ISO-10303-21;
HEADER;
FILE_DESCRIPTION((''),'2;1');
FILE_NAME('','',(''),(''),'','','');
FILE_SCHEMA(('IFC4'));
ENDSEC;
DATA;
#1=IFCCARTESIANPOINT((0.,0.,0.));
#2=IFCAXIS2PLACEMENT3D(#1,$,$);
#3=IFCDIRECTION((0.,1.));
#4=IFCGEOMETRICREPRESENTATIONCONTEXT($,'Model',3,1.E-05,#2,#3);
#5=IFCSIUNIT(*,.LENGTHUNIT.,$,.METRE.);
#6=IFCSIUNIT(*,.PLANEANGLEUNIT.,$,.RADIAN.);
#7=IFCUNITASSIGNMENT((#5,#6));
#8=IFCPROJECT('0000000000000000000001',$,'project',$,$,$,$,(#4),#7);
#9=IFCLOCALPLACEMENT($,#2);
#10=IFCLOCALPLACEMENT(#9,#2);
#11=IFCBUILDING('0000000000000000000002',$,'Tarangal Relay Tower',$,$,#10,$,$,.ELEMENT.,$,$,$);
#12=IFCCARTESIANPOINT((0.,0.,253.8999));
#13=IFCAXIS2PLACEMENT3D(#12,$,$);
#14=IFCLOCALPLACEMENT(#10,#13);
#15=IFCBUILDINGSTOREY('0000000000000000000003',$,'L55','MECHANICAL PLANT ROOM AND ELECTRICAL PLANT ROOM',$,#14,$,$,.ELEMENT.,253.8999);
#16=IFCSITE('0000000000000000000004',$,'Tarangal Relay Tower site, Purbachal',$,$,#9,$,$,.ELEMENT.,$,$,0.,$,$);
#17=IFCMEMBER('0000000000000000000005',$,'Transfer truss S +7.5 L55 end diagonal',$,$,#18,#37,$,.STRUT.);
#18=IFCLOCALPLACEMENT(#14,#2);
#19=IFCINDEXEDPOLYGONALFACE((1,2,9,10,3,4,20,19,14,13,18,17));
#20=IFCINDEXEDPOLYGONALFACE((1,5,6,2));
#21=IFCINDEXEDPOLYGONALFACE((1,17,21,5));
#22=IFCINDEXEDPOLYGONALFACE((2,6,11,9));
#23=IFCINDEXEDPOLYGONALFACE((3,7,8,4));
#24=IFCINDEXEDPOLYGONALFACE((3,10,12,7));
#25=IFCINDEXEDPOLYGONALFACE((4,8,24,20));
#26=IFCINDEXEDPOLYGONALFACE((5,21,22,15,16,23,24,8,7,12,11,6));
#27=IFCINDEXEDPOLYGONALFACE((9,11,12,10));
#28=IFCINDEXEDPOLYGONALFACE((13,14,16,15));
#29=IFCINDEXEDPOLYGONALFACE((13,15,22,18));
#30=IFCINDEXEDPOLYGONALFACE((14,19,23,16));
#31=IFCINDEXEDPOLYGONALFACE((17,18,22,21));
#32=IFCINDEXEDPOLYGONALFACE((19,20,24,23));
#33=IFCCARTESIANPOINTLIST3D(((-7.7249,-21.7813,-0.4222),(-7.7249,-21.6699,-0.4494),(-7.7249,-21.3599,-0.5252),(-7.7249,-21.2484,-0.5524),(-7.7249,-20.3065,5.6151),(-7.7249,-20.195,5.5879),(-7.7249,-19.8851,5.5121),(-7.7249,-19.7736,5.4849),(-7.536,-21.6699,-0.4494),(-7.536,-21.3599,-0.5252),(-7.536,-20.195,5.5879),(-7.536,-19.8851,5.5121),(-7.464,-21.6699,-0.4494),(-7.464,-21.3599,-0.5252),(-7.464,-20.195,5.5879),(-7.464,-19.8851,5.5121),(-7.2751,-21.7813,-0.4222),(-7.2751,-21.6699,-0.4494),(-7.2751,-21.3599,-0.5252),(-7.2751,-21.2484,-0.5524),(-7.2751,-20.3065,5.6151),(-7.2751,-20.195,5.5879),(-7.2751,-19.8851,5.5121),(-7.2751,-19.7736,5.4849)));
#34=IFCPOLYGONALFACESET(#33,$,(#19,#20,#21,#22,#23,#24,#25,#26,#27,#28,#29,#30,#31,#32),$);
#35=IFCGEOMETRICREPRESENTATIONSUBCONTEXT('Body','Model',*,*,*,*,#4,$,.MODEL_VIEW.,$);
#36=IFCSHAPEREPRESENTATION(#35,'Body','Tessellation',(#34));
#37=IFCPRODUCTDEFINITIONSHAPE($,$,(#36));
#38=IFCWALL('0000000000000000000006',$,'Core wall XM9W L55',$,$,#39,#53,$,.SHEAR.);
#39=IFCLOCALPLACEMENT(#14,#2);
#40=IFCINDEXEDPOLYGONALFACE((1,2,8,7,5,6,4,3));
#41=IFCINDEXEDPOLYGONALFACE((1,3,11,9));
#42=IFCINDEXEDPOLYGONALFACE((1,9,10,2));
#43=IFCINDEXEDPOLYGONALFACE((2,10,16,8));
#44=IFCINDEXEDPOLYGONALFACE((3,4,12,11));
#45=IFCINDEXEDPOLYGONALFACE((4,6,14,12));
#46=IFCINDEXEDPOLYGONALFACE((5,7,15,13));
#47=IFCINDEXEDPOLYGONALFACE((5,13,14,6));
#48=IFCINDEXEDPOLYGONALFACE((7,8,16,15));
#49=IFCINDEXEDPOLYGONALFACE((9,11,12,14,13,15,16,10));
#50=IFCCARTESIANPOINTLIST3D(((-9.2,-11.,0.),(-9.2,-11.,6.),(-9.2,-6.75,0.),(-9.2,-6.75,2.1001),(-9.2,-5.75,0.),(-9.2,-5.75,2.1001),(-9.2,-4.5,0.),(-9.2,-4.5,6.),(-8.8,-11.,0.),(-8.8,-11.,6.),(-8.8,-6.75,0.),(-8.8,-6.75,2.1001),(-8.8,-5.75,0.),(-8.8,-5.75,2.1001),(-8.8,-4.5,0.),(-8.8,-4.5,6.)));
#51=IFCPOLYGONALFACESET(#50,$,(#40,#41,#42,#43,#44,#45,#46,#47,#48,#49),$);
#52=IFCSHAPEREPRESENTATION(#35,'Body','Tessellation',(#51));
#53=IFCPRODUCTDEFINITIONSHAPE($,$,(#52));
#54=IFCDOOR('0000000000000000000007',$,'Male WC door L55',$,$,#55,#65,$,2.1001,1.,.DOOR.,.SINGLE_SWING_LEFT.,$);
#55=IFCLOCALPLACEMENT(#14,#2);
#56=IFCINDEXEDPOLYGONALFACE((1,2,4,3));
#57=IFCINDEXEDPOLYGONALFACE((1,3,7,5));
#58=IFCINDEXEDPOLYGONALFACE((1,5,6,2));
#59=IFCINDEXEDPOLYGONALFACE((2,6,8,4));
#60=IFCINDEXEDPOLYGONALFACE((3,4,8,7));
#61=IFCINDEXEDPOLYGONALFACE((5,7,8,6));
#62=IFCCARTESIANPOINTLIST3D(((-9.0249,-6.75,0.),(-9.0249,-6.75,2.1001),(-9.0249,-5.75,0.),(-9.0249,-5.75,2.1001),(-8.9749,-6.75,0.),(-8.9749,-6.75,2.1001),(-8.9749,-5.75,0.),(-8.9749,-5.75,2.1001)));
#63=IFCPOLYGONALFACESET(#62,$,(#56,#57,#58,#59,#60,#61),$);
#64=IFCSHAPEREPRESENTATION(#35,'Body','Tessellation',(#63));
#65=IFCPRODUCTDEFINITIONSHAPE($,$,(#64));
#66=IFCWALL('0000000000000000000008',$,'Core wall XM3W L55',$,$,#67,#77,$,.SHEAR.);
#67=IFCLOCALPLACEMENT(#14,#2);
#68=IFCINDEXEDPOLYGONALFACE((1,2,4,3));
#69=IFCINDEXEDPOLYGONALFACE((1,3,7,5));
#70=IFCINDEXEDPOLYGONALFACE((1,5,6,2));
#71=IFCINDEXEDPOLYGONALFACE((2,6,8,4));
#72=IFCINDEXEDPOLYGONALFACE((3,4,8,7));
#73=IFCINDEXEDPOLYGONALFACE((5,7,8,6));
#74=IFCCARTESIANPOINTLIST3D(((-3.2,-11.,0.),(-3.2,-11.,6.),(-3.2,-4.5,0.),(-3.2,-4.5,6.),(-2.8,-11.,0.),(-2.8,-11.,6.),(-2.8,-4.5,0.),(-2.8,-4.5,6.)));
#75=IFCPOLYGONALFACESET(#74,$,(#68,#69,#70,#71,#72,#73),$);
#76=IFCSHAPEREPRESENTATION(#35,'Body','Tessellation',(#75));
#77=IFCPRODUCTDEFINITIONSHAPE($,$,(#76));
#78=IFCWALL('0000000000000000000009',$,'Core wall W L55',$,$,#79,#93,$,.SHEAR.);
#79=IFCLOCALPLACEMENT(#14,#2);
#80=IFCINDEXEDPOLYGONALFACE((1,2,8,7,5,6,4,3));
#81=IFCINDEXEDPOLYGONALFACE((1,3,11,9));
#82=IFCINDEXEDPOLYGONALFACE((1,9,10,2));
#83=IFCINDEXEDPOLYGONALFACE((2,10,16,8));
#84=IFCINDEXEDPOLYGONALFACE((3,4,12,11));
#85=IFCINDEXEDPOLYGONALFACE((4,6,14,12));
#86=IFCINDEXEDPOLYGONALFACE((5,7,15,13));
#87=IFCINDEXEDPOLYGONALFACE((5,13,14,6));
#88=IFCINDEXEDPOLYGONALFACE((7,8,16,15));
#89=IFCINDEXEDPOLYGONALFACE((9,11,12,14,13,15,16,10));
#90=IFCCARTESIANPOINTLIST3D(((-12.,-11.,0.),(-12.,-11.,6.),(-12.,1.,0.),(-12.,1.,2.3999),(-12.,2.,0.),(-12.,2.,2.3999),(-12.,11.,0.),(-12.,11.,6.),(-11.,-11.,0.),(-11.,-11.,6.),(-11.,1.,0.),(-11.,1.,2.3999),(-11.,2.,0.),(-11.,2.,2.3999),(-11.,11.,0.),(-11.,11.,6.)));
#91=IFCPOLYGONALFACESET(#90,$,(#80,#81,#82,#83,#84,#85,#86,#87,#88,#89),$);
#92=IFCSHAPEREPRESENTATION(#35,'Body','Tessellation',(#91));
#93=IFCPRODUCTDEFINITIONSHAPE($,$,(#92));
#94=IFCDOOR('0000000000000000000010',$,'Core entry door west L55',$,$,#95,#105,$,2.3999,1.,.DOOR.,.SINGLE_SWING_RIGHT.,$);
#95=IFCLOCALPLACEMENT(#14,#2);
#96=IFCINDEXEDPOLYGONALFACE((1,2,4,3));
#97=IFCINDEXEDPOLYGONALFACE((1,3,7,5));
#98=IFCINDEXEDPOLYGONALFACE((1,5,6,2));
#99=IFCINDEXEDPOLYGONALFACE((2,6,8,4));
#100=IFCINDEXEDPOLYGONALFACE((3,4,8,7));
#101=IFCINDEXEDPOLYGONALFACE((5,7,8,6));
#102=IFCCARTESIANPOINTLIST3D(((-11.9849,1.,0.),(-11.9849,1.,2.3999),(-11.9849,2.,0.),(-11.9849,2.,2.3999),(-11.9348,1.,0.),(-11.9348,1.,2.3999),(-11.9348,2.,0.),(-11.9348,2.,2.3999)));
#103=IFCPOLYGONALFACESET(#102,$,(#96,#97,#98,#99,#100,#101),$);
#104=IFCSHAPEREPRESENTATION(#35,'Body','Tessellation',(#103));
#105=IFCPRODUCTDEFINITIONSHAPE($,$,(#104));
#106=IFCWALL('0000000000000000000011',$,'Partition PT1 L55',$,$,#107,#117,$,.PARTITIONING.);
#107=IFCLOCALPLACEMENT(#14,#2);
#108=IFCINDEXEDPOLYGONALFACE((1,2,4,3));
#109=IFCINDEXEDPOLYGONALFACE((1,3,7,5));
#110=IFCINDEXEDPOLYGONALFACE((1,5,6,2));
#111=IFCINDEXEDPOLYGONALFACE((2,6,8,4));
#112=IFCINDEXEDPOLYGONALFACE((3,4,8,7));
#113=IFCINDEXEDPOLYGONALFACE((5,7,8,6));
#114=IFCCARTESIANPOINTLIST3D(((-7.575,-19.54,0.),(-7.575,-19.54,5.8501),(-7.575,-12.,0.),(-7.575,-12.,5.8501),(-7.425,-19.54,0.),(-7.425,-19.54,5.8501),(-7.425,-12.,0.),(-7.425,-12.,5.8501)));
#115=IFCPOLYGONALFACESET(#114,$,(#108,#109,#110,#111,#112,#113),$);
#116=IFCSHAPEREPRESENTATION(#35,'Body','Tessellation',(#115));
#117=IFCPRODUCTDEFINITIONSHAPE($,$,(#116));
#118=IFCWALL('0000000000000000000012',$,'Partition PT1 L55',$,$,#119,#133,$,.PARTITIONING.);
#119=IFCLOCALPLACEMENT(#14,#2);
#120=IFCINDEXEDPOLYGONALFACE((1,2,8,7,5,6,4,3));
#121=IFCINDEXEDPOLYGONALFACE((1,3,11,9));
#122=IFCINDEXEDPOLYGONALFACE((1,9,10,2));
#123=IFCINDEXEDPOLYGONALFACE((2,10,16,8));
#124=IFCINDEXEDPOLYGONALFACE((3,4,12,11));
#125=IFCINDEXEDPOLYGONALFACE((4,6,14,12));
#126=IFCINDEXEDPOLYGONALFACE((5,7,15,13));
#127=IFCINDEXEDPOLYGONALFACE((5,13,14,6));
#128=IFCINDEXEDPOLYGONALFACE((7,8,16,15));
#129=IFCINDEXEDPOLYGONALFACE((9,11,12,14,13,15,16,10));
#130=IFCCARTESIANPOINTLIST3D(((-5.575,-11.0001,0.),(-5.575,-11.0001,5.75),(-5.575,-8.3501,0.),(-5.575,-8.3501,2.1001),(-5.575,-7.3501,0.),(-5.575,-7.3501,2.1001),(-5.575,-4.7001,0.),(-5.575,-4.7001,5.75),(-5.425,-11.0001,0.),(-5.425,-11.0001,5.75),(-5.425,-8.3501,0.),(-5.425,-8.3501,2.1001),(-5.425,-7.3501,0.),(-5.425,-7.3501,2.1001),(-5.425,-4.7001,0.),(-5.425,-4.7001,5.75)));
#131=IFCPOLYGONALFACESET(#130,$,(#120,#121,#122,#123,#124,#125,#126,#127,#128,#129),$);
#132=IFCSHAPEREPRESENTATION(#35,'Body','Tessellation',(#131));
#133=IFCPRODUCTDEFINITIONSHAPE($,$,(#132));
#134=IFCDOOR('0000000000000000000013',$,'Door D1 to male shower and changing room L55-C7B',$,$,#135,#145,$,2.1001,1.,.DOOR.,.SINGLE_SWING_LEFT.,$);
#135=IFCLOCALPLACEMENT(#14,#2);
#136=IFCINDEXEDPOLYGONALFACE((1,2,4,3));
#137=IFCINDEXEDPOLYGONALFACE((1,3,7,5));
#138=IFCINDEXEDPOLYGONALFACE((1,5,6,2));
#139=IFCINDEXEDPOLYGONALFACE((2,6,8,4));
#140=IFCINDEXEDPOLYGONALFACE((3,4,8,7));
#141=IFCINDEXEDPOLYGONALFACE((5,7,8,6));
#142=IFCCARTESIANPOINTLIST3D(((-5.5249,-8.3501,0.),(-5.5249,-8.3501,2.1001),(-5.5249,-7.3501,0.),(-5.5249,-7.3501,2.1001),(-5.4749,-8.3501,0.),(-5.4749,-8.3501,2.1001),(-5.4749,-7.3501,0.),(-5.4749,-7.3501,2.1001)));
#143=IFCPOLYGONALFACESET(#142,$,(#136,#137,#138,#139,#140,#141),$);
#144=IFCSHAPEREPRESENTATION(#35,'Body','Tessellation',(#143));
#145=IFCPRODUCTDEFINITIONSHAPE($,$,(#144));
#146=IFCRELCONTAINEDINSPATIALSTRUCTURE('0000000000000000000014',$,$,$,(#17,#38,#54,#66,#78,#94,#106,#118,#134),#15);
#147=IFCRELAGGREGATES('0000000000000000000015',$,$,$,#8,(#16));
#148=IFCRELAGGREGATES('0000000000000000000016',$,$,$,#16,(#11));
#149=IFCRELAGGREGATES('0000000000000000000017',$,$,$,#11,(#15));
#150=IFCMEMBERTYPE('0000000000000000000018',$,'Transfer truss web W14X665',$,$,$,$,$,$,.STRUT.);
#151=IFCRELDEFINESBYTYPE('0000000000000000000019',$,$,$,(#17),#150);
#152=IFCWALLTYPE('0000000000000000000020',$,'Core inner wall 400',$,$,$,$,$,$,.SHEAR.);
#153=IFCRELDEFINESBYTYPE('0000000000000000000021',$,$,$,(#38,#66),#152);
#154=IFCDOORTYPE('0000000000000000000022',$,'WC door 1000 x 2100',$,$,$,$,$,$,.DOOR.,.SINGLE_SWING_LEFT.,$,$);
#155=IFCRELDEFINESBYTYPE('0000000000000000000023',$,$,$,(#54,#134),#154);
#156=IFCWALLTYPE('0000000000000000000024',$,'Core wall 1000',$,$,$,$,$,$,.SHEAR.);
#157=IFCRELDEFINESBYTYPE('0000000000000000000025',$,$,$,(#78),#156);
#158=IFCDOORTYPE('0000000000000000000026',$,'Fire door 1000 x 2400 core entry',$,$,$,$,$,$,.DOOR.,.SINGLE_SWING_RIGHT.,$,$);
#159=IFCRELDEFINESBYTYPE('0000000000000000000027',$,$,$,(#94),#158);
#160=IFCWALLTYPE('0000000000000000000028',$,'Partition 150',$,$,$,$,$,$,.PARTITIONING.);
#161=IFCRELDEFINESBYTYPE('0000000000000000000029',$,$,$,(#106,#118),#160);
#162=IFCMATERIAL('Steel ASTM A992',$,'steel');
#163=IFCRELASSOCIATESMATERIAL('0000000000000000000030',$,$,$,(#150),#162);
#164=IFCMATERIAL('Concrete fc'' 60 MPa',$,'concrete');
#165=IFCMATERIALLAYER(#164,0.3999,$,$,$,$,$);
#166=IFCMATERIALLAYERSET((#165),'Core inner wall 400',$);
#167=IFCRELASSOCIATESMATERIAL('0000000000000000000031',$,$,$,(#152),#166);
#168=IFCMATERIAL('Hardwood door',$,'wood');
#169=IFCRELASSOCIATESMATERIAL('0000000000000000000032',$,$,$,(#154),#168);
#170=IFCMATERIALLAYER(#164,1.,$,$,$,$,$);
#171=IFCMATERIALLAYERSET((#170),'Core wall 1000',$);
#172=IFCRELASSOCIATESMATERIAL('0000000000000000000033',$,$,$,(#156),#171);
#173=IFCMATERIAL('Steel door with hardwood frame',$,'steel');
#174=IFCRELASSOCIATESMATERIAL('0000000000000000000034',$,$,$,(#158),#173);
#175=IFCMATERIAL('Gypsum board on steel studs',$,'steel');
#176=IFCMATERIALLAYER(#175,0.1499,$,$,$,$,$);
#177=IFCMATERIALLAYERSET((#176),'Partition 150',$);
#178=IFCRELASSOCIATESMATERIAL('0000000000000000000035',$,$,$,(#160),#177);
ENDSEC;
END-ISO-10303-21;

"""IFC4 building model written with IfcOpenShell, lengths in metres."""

from ifc_helpers import new_model, si_unit, direction, frame, frame_2d, origin, origin_2d, place, context, subcontext, project, spatial, rectangle, i_section, extrude, material, layer, layer_set, material_profile, profile_set, type_object, element, fill, save


model = new_model("IFC4")

# Units and contexts
model_context = context("Model", 3, precision=1e-05, world=origin(), true_north=direction((0.0, 1.0)))
body_context = subcontext(model_context, "Body", "Model", "MODEL_VIEW")
ifc_project = project(units=[si_unit("LENGTHUNIT", "METRE"), si_unit("PLANEANGLEUNIT", "RADIAN")], contexts=[model_context])

# Site, building, storey
site_placement = place(None, origin())
site = spatial("IfcSite", under=ifc_project, at=site_placement, Name="Tarangal Relay Tower site, Purbachal", CompositionType="ELEMENT", RefElevation=0.0)
building_placement = place(site_placement, origin())
building = spatial("IfcBuilding", under=site, at=building_placement, Name="Tarangal Relay Tower", CompositionType="ELEMENT")
storey_placement = place(building_placement, frame((0.0, 0.0, 253.8999)))
storey = spatial("IfcBuildingStorey", under=building, at=storey_placement, Name="L55", Description="MECHANICAL PLANT ROOM AND ELECTRICAL PLANT ROOM", CompositionType="ELEMENT", Elevation=253.8999)

# Shared definitions
ifc_material_1 = material(Name="Steel ASTM A992", Category="steel")

# Member
ifc_material_profile_1 = material_profile(ifc_material_1, i_section(OverallWidth=0.4497, OverallDepth=0.5486, WebThickness=0.072, FlangeThickness=0.1147, at=origin_2d()), Name="W14X665")
ifc_profile_set_1 = profile_set([ifc_material_profile_1], Name="Steel ASTM A992")
member_type_1 = type_object("IfcMemberType", Name="Transfer truss web W14X665", PredefinedType="STRUT", material=ifc_profile_set_1)
member_1_placement = place(storey_placement, frame((-7.5, -21.5149, -0.4873), z_axis=(0.0, 0.23731, 0.971434), x_axis=(-1.0, 0.0, 0.0)))
element("IfcMember", 1, at=member_1_placement, inside=storey, type_object=member_type_1, Name="Transfer truss S +7.5 L55 end diagonal", PredefinedType="STRUT", context=body_context, shape_type="SweptSolid", body=[
    extrude(i_section(OverallWidth=0.4497, OverallDepth=0.5486, WebThickness=0.072, FlangeThickness=0.1147, at=origin_2d()), origin(), (0.0, 0.0, 1.0), 6.2148),
])

# Wall, opening, door
ifc_material_2 = material(Name="Concrete fc' 60 MPa", Category="concrete")
ifc_layer_1 = layer(ifc_material_2, 0.3999)
ifc_layer_set_1 = layer_set([ifc_layer_1], Name="Core inner wall 400")
wall_type_1 = type_object("IfcWallType", Name="Core inner wall 400", PredefinedType="SHEAR", material=ifc_layer_set_1)
wall_1_placement = place(storey_placement, frame((-9.0, -11.0, 0.0), z_axis=(0.0, 0.0, 1.0), x_axis=(0.0, 1.0, 0.0)))
wall_1 = element("IfcWall", 2, at=wall_1_placement, inside=storey, type_object=wall_type_1, Name="Core wall XM9W L55", PredefinedType="SHEAR", context=body_context, shape_type="SweptSolid", body=[
    extrude(rectangle(XDim=6.5, YDim=0.3999, at=frame_2d((3.25, 0.0))), origin(), (0.0, 0.0, 1.0), 6.0),
])
opening_1_placement = place(wall_1_placement, frame((4.25, 0.0, 0.0)))
opening_1 = element("IfcOpeningElement", 3, at=opening_1_placement, cuts=wall_1, PredefinedType="OPENING", context=body_context, shape_type="SweptSolid", body=[
    extrude(rectangle(XDim=1.0, YDim=2.1001, at=frame_2d((0.5, 1.05))), frame((0.0, 0.21, 0.0), z_axis=(0.0, -1.0, 0.0), x_axis=(1.0, 0.0, 0.0)), (0.0, 0.0, 1.0), 0.4199),
])
ifc_material_3 = material(Name="Hardwood door", Category="wood")
door_type_1 = type_object("IfcDoorType", Name="WC door 1000 x 2100", OperationType="SINGLE_SWING_LEFT", PredefinedType="DOOR", material=ifc_material_3)
door_1_placement = place(opening_1_placement, origin())
door_1 = element("IfcDoor", 4, at=door_1_placement, inside=storey, type_object=door_type_1, Name="Male WC door L55", OperationType="SINGLE_SWING_LEFT", OverallHeight=2.1001, OverallWidth=1.0, PredefinedType="DOOR", context=body_context, shape_type="SweptSolid", body=[
    extrude(rectangle(XDim=1.0, YDim=2.1001, at=frame_2d((0.5, 1.05))), frame((0.0, 0.0249, 0.0), z_axis=(0.0, -1.0, 0.0), x_axis=(1.0, 0.0, 0.0)), (0.0, 0.0, 1.0), 0.05),
])
fill(opening_1, door_1)

# Wall
wall_2_placement = place(storey_placement, frame((-3.0, -11.0, 0.0), z_axis=(0.0, 0.0, 1.0), x_axis=(0.0, 1.0, 0.0)))
element("IfcWall", 5, at=wall_2_placement, inside=storey, type_object=wall_type_1, Name="Core wall XM3W L55", PredefinedType="SHEAR", context=body_context, shape_type="SweptSolid", body=[
    extrude(rectangle(XDim=6.5, YDim=0.3999, at=frame_2d((3.25, 0.0))), origin(), (0.0, 0.0, 1.0), 6.0),
])

# Wall, opening, door
ifc_layer_2 = layer(ifc_material_2, 1.0)
ifc_layer_set_2 = layer_set([ifc_layer_2], Name="Core wall 1000")
wall_type_2 = type_object("IfcWallType", Name="Core wall 1000", PredefinedType="SHEAR", material=ifc_layer_set_2)
wall_3_placement = place(storey_placement, frame((-11.5, -11.0, 0.0), z_axis=(0.0, 0.0, 1.0), x_axis=(0.0, 1.0, 0.0)))
wall_3 = element("IfcWall", 6, at=wall_3_placement, inside=storey, type_object=wall_type_2, Name="Core wall W L55", PredefinedType="SHEAR", context=body_context, shape_type="SweptSolid", body=[
    extrude(rectangle(XDim=22.0, YDim=1.0, at=frame_2d((11.0, 0.0))), origin(), (0.0, 0.0, 1.0), 6.0),
])
opening_2_placement = place(wall_3_placement, frame((12.0, 0.0, 0.0)))
opening_2 = element("IfcOpeningElement", 7, at=opening_2_placement, cuts=wall_3, PredefinedType="OPENING", context=body_context, shape_type="SweptSolid", body=[
    extrude(rectangle(XDim=1.0, YDim=2.3999, at=frame_2d((0.5, 1.2))), frame((0.0, 0.51, 0.0), z_axis=(0.0, -1.0, 0.0), x_axis=(1.0, 0.0, 0.0)), (0.0, 0.0, 1.0), 1.02),
])
ifc_material_4 = material(Name="Steel door with hardwood frame", Category="steel")
door_type_2 = type_object("IfcDoorType", Name="Fire door 1000 x 2400 core entry", OperationType="SINGLE_SWING_RIGHT", PredefinedType="DOOR", material=ifc_material_4)
door_2_placement = place(opening_2_placement, origin())
door_2 = element("IfcDoor", 8, at=door_2_placement, inside=storey, type_object=door_type_2, Name="Core entry door west L55", OperationType="SINGLE_SWING_RIGHT", OverallHeight=2.3999, OverallWidth=1.0, PredefinedType="DOOR", context=body_context, shape_type="SweptSolid", body=[
    extrude(rectangle(XDim=1.0, YDim=2.3999, at=frame_2d((0.5, 1.2))), frame((0.0, 0.4849, 0.0), z_axis=(0.0, -1.0, 0.0), x_axis=(1.0, 0.0, 0.0)), (0.0, 0.0, 1.0), 0.05),
])
fill(opening_2, door_2)

# Wall
ifc_material_5 = material(Name="Gypsum board on steel studs", Category="steel")
ifc_layer_3 = layer(ifc_material_5, 0.1499)
ifc_layer_set_3 = layer_set([ifc_layer_3], Name="Partition 150")
wall_type_3 = type_object("IfcWallType", Name="Partition 150", PredefinedType="PARTITIONING", material=ifc_layer_set_3)
wall_4_placement = place(storey_placement, frame((-7.5, -12.0, 0.0), z_axis=(0.0, 0.0, 1.0), x_axis=(0.0, -1.0, 0.0)))
element("IfcWall", 9, at=wall_4_placement, inside=storey, type_object=wall_type_3, Name="Partition PT1 L55", PredefinedType="PARTITIONING", context=body_context, shape_type="SweptSolid", body=[
    extrude(rectangle(XDim=7.54, YDim=0.1499, at=frame_2d((3.77, 0.0))), origin(), (0.0, 0.0, 1.0), 5.8501),
])

# Wall, opening, door
wall_5_placement = place(storey_placement, frame((-5.5, -11.0, 0.0), z_axis=(0.0, 0.0, 1.0), x_axis=(0.0, 1.0, 0.0)))
wall_5 = element("IfcWall", 10, at=wall_5_placement, inside=storey, type_object=wall_type_3, Name="Partition PT1 L55", PredefinedType="PARTITIONING", context=body_context, shape_type="SweptSolid", body=[
    extrude(rectangle(XDim=6.3, YDim=0.1499, at=frame_2d((3.1499, 0.0))), origin(), (0.0, 0.0, 1.0), 5.75),
])
opening_3_placement = place(wall_5_placement, frame((2.6499, 0.0, 0.0)))
opening_3 = element("IfcOpeningElement", 11, at=opening_3_placement, cuts=wall_5, PredefinedType="OPENING", context=body_context, shape_type="SweptSolid", body=[
    extrude(rectangle(XDim=1.0, YDim=2.1001, at=frame_2d((0.5, 1.05))), frame((0.0, 0.085, 0.0), z_axis=(0.0, -1.0, 0.0), x_axis=(1.0, 0.0, 0.0)), (0.0, 0.0, 1.0), 0.1699),
])
door_3_placement = place(opening_3_placement, origin())
door_3 = element("IfcDoor", 12, at=door_3_placement, inside=storey, type_object=door_type_1, Name="Door D1 to male shower and changing room L55-C7B", OperationType="SINGLE_SWING_LEFT", OverallHeight=2.1001, OverallWidth=1.0, PredefinedType="DOOR", context=body_context, shape_type="SweptSolid", body=[
    extrude(rectangle(XDim=1.0, YDim=2.1001, at=frame_2d((0.5, 1.05))), frame((0.0, 0.0249, 0.0), z_axis=(0.0, -1.0, 0.0), x_axis=(1.0, 0.0, 0.0)), (0.0, 0.0, 1.0), 0.05),
])
fill(opening_3, door_3)

save(model, "model.ifc")
